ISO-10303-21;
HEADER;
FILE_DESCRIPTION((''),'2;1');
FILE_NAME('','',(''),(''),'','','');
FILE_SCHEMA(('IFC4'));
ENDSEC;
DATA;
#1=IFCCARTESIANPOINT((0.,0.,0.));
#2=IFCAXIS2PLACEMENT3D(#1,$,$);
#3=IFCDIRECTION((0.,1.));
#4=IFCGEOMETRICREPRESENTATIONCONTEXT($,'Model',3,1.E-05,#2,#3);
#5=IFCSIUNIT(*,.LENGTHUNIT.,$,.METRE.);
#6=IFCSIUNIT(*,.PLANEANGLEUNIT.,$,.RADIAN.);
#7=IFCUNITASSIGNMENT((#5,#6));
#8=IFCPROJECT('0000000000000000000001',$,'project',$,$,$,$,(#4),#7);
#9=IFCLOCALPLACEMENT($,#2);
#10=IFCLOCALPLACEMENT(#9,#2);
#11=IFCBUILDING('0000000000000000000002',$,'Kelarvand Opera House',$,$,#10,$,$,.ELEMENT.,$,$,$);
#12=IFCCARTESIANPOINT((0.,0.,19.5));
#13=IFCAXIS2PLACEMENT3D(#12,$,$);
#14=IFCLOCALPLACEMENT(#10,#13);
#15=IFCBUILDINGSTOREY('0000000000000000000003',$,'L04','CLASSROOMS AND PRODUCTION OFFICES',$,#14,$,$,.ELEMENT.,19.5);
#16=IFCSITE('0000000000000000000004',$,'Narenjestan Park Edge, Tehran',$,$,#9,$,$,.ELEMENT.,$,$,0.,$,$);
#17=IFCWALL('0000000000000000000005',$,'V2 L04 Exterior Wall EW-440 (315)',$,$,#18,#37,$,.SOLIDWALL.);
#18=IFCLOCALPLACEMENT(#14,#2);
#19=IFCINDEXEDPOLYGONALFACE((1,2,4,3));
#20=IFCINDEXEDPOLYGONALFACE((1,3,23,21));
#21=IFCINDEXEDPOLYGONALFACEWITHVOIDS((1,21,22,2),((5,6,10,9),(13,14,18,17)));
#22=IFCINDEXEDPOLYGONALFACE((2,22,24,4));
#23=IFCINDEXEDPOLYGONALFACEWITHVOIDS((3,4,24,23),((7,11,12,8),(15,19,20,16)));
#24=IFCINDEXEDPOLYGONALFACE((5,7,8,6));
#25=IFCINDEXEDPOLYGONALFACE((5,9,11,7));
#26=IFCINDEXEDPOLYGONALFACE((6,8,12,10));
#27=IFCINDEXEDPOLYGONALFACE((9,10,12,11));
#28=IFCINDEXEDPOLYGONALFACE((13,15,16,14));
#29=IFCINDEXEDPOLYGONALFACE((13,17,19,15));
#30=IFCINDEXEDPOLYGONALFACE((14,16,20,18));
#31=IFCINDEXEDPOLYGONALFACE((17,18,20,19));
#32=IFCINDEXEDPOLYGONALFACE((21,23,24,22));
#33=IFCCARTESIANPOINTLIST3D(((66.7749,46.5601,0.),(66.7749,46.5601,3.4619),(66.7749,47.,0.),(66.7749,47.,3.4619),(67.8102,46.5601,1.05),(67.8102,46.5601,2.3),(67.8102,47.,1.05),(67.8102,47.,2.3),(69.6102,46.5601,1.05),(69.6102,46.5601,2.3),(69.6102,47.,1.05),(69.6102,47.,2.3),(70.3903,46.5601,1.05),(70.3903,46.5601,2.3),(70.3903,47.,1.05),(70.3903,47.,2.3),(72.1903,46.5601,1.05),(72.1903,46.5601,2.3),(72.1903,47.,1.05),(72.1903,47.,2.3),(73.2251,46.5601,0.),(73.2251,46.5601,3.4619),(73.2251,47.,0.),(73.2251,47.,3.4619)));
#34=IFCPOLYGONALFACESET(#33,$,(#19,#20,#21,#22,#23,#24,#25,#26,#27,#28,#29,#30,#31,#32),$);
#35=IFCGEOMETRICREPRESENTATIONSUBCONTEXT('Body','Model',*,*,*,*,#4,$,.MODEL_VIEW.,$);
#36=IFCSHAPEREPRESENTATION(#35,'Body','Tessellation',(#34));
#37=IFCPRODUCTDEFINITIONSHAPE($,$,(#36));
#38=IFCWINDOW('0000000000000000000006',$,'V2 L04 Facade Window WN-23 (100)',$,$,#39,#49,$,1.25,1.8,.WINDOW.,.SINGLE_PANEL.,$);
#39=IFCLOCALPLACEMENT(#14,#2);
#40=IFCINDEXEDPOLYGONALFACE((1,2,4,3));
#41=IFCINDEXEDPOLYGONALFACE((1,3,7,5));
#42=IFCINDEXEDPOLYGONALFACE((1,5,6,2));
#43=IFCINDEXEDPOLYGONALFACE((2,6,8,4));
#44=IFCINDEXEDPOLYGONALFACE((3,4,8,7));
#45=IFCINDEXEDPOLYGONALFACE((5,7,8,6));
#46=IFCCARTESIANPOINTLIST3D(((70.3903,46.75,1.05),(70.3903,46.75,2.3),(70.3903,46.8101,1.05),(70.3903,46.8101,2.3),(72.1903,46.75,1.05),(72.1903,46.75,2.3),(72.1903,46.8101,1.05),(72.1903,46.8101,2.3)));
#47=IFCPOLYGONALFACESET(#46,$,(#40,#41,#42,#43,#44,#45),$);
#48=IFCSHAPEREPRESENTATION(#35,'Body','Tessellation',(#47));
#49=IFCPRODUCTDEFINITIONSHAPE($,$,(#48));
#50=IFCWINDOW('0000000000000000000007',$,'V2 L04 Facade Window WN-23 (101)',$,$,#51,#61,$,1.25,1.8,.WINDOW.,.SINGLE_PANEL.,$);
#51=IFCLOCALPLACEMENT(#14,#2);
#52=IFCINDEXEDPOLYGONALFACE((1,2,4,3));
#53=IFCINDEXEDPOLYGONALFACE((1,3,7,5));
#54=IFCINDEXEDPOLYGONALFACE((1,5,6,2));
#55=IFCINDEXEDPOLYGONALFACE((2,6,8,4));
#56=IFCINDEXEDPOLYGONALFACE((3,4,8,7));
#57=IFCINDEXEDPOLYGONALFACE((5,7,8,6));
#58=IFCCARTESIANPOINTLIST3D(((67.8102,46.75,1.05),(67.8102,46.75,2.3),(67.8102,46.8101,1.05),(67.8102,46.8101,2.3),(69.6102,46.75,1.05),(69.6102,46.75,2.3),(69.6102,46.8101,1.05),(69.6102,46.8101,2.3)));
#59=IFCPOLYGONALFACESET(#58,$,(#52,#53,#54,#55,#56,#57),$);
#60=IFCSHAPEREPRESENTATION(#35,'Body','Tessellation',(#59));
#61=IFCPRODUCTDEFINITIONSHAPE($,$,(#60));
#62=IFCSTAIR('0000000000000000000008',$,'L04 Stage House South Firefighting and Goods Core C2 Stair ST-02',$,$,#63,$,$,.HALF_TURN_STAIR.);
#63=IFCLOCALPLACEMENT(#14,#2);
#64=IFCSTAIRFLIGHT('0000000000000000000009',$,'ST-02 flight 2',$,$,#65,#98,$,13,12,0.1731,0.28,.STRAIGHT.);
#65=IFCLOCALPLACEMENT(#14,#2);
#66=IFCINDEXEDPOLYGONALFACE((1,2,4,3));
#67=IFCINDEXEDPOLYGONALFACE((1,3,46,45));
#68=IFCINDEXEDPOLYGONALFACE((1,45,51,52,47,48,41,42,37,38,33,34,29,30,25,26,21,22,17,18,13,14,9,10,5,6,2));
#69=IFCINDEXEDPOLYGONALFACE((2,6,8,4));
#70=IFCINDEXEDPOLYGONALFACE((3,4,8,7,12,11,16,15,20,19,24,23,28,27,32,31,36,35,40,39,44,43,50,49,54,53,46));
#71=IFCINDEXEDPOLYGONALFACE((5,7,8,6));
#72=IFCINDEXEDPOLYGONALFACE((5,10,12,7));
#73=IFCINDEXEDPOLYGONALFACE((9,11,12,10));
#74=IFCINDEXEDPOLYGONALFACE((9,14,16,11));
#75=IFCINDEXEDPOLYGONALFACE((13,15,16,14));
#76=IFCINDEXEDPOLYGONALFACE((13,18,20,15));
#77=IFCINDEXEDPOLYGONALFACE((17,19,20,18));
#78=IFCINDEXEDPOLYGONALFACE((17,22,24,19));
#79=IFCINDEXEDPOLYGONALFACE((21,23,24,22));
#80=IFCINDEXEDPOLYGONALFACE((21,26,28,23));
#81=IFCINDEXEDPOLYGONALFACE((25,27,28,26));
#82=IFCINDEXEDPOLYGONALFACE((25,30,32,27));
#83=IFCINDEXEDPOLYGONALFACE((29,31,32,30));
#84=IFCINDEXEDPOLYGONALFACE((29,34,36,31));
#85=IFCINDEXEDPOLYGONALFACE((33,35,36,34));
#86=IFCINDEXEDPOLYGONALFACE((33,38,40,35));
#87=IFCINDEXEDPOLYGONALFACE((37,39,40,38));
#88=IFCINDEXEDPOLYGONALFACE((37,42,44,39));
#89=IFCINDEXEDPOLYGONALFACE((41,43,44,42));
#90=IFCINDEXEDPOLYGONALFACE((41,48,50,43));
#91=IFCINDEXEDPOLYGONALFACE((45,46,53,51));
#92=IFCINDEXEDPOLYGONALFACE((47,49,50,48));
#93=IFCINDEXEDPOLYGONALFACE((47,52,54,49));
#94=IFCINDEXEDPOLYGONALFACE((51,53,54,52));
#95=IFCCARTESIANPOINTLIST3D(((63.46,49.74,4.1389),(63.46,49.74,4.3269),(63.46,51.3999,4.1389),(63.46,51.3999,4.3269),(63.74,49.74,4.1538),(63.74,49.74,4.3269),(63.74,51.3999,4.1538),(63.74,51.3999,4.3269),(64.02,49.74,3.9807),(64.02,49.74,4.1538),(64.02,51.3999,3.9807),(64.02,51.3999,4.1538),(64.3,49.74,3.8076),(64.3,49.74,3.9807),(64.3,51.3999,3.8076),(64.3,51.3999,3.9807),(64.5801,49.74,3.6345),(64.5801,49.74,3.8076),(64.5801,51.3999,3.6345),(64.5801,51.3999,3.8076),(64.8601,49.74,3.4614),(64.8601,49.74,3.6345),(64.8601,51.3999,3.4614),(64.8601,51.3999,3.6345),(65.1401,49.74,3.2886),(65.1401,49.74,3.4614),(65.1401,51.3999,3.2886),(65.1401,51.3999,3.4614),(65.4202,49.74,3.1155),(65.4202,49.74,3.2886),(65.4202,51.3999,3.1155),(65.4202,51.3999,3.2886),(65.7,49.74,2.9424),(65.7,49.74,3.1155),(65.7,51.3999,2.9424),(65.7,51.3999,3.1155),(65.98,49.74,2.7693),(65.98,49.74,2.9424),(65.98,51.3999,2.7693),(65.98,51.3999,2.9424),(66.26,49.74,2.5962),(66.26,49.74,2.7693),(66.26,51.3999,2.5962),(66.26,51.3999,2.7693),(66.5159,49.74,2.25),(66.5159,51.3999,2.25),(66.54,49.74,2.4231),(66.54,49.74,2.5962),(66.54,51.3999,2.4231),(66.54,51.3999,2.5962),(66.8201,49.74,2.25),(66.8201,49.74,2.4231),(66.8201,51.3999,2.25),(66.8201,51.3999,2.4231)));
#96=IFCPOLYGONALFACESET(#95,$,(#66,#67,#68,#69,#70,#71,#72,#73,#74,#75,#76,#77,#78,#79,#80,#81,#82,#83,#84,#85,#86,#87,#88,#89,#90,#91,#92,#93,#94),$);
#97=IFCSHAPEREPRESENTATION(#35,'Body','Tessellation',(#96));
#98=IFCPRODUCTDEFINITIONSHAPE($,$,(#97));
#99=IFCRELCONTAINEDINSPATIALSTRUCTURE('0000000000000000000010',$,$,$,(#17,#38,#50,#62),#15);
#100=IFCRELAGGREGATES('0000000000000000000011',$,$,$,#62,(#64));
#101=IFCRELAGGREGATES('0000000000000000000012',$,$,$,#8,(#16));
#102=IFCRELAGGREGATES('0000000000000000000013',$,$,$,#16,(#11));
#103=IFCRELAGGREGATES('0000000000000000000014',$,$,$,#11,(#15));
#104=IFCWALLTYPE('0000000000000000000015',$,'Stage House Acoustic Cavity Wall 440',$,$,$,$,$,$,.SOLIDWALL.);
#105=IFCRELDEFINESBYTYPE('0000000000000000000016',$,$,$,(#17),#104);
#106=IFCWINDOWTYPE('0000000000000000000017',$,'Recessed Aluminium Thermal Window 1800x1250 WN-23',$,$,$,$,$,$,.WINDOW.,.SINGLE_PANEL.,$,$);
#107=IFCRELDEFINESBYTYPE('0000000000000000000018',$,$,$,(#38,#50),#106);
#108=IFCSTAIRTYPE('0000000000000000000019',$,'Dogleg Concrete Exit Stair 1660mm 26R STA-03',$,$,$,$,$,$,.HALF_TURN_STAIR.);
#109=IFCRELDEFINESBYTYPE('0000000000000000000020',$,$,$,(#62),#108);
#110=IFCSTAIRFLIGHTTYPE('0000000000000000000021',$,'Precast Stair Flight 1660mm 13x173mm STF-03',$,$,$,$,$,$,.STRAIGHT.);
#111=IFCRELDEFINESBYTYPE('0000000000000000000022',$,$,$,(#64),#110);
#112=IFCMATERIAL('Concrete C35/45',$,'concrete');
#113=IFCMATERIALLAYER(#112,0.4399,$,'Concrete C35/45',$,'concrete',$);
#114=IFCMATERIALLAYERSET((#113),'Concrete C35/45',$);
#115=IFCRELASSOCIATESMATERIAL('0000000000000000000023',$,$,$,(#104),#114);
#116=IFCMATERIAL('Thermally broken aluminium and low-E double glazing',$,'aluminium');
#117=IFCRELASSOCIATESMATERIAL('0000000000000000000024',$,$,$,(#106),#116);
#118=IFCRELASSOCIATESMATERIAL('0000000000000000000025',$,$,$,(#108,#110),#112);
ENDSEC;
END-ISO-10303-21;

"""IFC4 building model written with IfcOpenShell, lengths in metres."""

from ifc_helpers import new_model, si_unit, direction, frame, frame_2d, origin, place, context, subcontext, project, spatial, polyline, rectangle, outline, extrude, material, layer, layer_set, type_object, element, fill, aggregate, save


model = new_model("IFC4")

# Units and contexts
model_context = context("Model", 3, precision=1e-05, world=origin(), true_north=direction((0.0, 1.0)))
body_context = subcontext(model_context, "Body", "Model", "MODEL_VIEW")
ifc_project = project(units=[si_unit("LENGTHUNIT", "METRE"), si_unit("PLANEANGLEUNIT", "RADIAN")], contexts=[model_context])

# Site, building, storey
site_placement = place(None, origin())
site = spatial("IfcSite", under=ifc_project, at=site_placement, Name="Narenjestan Park Edge, Tehran", CompositionType="ELEMENT", RefElevation=0.0)
building_placement = place(site_placement, origin())
building = spatial("IfcBuilding", under=site, at=building_placement, Name="Kelarvand Opera House", CompositionType="ELEMENT")
storey_placement = place(building_placement, frame((0.0, 0.0, 19.5)))
storey = spatial("IfcBuildingStorey", under=building, at=storey_placement, Name="L04", Description="CLASSROOMS AND PRODUCTION OFFICES", CompositionType="ELEMENT", Elevation=19.5)

# Shared definitions
ifc_material_1 = material(Name="Concrete C35/45", Category="concrete")

# Wall, openings, windows
ifc_layer_1 = layer(ifc_material_1, 0.4399, Name="Concrete C35/45", Category="concrete")
ifc_layer_set_1 = layer_set([ifc_layer_1], Name="Concrete C35/45")
wall_type_1 = type_object("IfcWallType", Name="Stage House Acoustic Cavity Wall 440", PredefinedType="SOLIDWALL", material=ifc_layer_set_1)
wall_1_placement = place(storey_placement, frame((73.2251, 46.78, 0.0), z_axis=(0.0, 0.0, 1.0), x_axis=(-1.0, 0.0, 0.0)))
wall_1 = element("IfcWall", 1, at=wall_1_placement, inside=storey, type_object=wall_type_1, Name="V2 L04 Exterior Wall EW-440 (315)", PredefinedType="SOLIDWALL", context=body_context, shape_type="SweptSolid", body=[
    extrude(rectangle(XDim=6.4502, YDim=0.4399, at=frame_2d((3.2251, 0.0))), origin(), (0.0, 0.0, 1.0), 3.4619),
])
opening_1_placement = place(wall_1_placement, frame((1.0349, 0.0, 1.05)))
opening_1 = element("IfcOpeningElement", 2, at=opening_1_placement, cuts=wall_1, PredefinedType="OPENING", context=body_context, shape_type="SweptSolid", body=[
    extrude(rectangle(XDim=1.8, YDim=1.25, at=frame_2d((0.8999, 0.625))), frame((0.0, 0.23, 0.0), z_axis=(0.0, -1.0, 0.0), x_axis=(1.0, 0.0, 0.0)), (0.0, 0.0, 1.0), 0.46),
])
opening_2_placement = place(wall_1_placement, frame((3.615, 0.0, 1.05)))
opening_2 = element("IfcOpeningElement", 3, at=opening_2_placement, cuts=wall_1, PredefinedType="OPENING", context=body_context, shape_type="SweptSolid", body=[
    extrude(rectangle(XDim=1.8, YDim=1.25, at=frame_2d((0.8999, 0.625))), frame((0.0, 0.23, 0.0), z_axis=(0.0, -1.0, 0.0), x_axis=(1.0, 0.0, 0.0)), (0.0, 0.0, 1.0), 0.46),
])
ifc_material_2 = material(Name="Thermally broken aluminium and low-E double glazing", Category="aluminium")
window_type = type_object("IfcWindowType", Name="Recessed Aluminium Thermal Window 1800x1250 WN-23", PartitioningType="SINGLE_PANEL", PredefinedType="WINDOW", material=ifc_material_2)
window_1_placement = place(opening_1_placement, origin())
window_1 = element("IfcWindow", 4, at=window_1_placement, inside=storey, type_object=window_type, Name="V2 L04 Facade Window WN-23 (100)", OverallHeight=1.25, OverallWidth=1.8, PartitioningType="SINGLE_PANEL", PredefinedType="WINDOW", context=body_context, shape_type="SweptSolid", body=[
    extrude(rectangle(XDim=1.8, YDim=1.25, at=frame_2d((0.8999, 0.625))), frame((0.0, 0.03, 0.0), z_axis=(0.0, -1.0, 0.0), x_axis=(1.0, 0.0, 0.0)), (0.0, 0.0, 1.0), 0.0601),
])
fill(opening_1, window_1)
window_2_placement = place(opening_2_placement, origin())
window_2 = element("IfcWindow", 5, at=window_2_placement, inside=storey, type_object=window_type, Name="V2 L04 Facade Window WN-23 (101)", OverallHeight=1.25, OverallWidth=1.8, PartitioningType="SINGLE_PANEL", PredefinedType="WINDOW", context=body_context, shape_type="SweptSolid", body=[
    extrude(rectangle(XDim=1.8, YDim=1.25, at=frame_2d((0.8999, 0.625))), frame((0.0, 0.03, 0.0), z_axis=(0.0, -1.0, 0.0), x_axis=(1.0, 0.0, 0.0)), (0.0, 0.0, 1.0), 0.0601),
])
fill(opening_2, window_2)

# Stair, stair flight
stair_type = type_object("IfcStairType", Name="Dogleg Concrete Exit Stair 1660mm 26R STA-03", PredefinedType="HALF_TURN_STAIR", material=ifc_material_1)
stair_placement = place(storey_placement, origin())
stair = element("IfcStair", 6, at=stair_placement, inside=storey, type_object=stair_type, Name="L04 Stage House South Firefighting and Goods Core C2 Stair ST-02", PredefinedType="HALF_TURN_STAIR")
stair_flight_type = type_object("IfcStairFlightType", Name="Precast Stair Flight 1660mm 13x173mm STF-03", PredefinedType="STRAIGHT", material=ifc_material_1)
stair_flight_placement = place(storey_placement, frame((66.8201, 50.5701, 2.25), z_axis=(0.0, 0.0, 1.0), x_axis=(-1.0, 0.0, 0.0)))
stair_flight = element("IfcStairFlight", 7, at=stair_flight_placement, type_object=stair_flight_type, Name="ST-02 flight 2", NumberOfRisers=13, NumberOfTreads=12, PredefinedType="STRAIGHT", RiserHeight=0.1731, TreadLength=0.28, context=body_context, shape_type="SweptSolid", body=[
    extrude(outline(polyline([(0.0, 0.0), (0.0, 0.1731), (0.28, 0.1731), (0.28, 0.3462), (0.5601, 0.3462), (0.5601, 0.5193), (0.8401, 0.5193), (0.8401, 0.6924), (1.1201, 0.6924), (1.1201, 0.8655), (1.3999, 0.8655), (1.3999, 1.0386), (1.6799, 1.0386), (1.6799, 1.2114), (1.96, 1.2114), (1.96, 1.3845), (2.24, 1.3845), (2.24, 1.5576), (2.52, 1.5576), (2.52, 1.7307), (2.8, 1.7307), (2.8, 1.9038), (3.0801, 1.9038), (3.0801, 2.0769), (3.3601, 2.0769), (3.3601, 2.25), (3.3601, 1.8889), (0.3042, 0.0), (0.0, 0.0)])), frame((0.0, 0.8301, 0.0), z_axis=(0.0, -1.0, 0.0), x_axis=(1.0, 0.0, 0.0)), (0.0, 0.0, 1.0), 1.6599),
])
aggregate(stair, [stair_flight])

save(model, "model.ifc")
